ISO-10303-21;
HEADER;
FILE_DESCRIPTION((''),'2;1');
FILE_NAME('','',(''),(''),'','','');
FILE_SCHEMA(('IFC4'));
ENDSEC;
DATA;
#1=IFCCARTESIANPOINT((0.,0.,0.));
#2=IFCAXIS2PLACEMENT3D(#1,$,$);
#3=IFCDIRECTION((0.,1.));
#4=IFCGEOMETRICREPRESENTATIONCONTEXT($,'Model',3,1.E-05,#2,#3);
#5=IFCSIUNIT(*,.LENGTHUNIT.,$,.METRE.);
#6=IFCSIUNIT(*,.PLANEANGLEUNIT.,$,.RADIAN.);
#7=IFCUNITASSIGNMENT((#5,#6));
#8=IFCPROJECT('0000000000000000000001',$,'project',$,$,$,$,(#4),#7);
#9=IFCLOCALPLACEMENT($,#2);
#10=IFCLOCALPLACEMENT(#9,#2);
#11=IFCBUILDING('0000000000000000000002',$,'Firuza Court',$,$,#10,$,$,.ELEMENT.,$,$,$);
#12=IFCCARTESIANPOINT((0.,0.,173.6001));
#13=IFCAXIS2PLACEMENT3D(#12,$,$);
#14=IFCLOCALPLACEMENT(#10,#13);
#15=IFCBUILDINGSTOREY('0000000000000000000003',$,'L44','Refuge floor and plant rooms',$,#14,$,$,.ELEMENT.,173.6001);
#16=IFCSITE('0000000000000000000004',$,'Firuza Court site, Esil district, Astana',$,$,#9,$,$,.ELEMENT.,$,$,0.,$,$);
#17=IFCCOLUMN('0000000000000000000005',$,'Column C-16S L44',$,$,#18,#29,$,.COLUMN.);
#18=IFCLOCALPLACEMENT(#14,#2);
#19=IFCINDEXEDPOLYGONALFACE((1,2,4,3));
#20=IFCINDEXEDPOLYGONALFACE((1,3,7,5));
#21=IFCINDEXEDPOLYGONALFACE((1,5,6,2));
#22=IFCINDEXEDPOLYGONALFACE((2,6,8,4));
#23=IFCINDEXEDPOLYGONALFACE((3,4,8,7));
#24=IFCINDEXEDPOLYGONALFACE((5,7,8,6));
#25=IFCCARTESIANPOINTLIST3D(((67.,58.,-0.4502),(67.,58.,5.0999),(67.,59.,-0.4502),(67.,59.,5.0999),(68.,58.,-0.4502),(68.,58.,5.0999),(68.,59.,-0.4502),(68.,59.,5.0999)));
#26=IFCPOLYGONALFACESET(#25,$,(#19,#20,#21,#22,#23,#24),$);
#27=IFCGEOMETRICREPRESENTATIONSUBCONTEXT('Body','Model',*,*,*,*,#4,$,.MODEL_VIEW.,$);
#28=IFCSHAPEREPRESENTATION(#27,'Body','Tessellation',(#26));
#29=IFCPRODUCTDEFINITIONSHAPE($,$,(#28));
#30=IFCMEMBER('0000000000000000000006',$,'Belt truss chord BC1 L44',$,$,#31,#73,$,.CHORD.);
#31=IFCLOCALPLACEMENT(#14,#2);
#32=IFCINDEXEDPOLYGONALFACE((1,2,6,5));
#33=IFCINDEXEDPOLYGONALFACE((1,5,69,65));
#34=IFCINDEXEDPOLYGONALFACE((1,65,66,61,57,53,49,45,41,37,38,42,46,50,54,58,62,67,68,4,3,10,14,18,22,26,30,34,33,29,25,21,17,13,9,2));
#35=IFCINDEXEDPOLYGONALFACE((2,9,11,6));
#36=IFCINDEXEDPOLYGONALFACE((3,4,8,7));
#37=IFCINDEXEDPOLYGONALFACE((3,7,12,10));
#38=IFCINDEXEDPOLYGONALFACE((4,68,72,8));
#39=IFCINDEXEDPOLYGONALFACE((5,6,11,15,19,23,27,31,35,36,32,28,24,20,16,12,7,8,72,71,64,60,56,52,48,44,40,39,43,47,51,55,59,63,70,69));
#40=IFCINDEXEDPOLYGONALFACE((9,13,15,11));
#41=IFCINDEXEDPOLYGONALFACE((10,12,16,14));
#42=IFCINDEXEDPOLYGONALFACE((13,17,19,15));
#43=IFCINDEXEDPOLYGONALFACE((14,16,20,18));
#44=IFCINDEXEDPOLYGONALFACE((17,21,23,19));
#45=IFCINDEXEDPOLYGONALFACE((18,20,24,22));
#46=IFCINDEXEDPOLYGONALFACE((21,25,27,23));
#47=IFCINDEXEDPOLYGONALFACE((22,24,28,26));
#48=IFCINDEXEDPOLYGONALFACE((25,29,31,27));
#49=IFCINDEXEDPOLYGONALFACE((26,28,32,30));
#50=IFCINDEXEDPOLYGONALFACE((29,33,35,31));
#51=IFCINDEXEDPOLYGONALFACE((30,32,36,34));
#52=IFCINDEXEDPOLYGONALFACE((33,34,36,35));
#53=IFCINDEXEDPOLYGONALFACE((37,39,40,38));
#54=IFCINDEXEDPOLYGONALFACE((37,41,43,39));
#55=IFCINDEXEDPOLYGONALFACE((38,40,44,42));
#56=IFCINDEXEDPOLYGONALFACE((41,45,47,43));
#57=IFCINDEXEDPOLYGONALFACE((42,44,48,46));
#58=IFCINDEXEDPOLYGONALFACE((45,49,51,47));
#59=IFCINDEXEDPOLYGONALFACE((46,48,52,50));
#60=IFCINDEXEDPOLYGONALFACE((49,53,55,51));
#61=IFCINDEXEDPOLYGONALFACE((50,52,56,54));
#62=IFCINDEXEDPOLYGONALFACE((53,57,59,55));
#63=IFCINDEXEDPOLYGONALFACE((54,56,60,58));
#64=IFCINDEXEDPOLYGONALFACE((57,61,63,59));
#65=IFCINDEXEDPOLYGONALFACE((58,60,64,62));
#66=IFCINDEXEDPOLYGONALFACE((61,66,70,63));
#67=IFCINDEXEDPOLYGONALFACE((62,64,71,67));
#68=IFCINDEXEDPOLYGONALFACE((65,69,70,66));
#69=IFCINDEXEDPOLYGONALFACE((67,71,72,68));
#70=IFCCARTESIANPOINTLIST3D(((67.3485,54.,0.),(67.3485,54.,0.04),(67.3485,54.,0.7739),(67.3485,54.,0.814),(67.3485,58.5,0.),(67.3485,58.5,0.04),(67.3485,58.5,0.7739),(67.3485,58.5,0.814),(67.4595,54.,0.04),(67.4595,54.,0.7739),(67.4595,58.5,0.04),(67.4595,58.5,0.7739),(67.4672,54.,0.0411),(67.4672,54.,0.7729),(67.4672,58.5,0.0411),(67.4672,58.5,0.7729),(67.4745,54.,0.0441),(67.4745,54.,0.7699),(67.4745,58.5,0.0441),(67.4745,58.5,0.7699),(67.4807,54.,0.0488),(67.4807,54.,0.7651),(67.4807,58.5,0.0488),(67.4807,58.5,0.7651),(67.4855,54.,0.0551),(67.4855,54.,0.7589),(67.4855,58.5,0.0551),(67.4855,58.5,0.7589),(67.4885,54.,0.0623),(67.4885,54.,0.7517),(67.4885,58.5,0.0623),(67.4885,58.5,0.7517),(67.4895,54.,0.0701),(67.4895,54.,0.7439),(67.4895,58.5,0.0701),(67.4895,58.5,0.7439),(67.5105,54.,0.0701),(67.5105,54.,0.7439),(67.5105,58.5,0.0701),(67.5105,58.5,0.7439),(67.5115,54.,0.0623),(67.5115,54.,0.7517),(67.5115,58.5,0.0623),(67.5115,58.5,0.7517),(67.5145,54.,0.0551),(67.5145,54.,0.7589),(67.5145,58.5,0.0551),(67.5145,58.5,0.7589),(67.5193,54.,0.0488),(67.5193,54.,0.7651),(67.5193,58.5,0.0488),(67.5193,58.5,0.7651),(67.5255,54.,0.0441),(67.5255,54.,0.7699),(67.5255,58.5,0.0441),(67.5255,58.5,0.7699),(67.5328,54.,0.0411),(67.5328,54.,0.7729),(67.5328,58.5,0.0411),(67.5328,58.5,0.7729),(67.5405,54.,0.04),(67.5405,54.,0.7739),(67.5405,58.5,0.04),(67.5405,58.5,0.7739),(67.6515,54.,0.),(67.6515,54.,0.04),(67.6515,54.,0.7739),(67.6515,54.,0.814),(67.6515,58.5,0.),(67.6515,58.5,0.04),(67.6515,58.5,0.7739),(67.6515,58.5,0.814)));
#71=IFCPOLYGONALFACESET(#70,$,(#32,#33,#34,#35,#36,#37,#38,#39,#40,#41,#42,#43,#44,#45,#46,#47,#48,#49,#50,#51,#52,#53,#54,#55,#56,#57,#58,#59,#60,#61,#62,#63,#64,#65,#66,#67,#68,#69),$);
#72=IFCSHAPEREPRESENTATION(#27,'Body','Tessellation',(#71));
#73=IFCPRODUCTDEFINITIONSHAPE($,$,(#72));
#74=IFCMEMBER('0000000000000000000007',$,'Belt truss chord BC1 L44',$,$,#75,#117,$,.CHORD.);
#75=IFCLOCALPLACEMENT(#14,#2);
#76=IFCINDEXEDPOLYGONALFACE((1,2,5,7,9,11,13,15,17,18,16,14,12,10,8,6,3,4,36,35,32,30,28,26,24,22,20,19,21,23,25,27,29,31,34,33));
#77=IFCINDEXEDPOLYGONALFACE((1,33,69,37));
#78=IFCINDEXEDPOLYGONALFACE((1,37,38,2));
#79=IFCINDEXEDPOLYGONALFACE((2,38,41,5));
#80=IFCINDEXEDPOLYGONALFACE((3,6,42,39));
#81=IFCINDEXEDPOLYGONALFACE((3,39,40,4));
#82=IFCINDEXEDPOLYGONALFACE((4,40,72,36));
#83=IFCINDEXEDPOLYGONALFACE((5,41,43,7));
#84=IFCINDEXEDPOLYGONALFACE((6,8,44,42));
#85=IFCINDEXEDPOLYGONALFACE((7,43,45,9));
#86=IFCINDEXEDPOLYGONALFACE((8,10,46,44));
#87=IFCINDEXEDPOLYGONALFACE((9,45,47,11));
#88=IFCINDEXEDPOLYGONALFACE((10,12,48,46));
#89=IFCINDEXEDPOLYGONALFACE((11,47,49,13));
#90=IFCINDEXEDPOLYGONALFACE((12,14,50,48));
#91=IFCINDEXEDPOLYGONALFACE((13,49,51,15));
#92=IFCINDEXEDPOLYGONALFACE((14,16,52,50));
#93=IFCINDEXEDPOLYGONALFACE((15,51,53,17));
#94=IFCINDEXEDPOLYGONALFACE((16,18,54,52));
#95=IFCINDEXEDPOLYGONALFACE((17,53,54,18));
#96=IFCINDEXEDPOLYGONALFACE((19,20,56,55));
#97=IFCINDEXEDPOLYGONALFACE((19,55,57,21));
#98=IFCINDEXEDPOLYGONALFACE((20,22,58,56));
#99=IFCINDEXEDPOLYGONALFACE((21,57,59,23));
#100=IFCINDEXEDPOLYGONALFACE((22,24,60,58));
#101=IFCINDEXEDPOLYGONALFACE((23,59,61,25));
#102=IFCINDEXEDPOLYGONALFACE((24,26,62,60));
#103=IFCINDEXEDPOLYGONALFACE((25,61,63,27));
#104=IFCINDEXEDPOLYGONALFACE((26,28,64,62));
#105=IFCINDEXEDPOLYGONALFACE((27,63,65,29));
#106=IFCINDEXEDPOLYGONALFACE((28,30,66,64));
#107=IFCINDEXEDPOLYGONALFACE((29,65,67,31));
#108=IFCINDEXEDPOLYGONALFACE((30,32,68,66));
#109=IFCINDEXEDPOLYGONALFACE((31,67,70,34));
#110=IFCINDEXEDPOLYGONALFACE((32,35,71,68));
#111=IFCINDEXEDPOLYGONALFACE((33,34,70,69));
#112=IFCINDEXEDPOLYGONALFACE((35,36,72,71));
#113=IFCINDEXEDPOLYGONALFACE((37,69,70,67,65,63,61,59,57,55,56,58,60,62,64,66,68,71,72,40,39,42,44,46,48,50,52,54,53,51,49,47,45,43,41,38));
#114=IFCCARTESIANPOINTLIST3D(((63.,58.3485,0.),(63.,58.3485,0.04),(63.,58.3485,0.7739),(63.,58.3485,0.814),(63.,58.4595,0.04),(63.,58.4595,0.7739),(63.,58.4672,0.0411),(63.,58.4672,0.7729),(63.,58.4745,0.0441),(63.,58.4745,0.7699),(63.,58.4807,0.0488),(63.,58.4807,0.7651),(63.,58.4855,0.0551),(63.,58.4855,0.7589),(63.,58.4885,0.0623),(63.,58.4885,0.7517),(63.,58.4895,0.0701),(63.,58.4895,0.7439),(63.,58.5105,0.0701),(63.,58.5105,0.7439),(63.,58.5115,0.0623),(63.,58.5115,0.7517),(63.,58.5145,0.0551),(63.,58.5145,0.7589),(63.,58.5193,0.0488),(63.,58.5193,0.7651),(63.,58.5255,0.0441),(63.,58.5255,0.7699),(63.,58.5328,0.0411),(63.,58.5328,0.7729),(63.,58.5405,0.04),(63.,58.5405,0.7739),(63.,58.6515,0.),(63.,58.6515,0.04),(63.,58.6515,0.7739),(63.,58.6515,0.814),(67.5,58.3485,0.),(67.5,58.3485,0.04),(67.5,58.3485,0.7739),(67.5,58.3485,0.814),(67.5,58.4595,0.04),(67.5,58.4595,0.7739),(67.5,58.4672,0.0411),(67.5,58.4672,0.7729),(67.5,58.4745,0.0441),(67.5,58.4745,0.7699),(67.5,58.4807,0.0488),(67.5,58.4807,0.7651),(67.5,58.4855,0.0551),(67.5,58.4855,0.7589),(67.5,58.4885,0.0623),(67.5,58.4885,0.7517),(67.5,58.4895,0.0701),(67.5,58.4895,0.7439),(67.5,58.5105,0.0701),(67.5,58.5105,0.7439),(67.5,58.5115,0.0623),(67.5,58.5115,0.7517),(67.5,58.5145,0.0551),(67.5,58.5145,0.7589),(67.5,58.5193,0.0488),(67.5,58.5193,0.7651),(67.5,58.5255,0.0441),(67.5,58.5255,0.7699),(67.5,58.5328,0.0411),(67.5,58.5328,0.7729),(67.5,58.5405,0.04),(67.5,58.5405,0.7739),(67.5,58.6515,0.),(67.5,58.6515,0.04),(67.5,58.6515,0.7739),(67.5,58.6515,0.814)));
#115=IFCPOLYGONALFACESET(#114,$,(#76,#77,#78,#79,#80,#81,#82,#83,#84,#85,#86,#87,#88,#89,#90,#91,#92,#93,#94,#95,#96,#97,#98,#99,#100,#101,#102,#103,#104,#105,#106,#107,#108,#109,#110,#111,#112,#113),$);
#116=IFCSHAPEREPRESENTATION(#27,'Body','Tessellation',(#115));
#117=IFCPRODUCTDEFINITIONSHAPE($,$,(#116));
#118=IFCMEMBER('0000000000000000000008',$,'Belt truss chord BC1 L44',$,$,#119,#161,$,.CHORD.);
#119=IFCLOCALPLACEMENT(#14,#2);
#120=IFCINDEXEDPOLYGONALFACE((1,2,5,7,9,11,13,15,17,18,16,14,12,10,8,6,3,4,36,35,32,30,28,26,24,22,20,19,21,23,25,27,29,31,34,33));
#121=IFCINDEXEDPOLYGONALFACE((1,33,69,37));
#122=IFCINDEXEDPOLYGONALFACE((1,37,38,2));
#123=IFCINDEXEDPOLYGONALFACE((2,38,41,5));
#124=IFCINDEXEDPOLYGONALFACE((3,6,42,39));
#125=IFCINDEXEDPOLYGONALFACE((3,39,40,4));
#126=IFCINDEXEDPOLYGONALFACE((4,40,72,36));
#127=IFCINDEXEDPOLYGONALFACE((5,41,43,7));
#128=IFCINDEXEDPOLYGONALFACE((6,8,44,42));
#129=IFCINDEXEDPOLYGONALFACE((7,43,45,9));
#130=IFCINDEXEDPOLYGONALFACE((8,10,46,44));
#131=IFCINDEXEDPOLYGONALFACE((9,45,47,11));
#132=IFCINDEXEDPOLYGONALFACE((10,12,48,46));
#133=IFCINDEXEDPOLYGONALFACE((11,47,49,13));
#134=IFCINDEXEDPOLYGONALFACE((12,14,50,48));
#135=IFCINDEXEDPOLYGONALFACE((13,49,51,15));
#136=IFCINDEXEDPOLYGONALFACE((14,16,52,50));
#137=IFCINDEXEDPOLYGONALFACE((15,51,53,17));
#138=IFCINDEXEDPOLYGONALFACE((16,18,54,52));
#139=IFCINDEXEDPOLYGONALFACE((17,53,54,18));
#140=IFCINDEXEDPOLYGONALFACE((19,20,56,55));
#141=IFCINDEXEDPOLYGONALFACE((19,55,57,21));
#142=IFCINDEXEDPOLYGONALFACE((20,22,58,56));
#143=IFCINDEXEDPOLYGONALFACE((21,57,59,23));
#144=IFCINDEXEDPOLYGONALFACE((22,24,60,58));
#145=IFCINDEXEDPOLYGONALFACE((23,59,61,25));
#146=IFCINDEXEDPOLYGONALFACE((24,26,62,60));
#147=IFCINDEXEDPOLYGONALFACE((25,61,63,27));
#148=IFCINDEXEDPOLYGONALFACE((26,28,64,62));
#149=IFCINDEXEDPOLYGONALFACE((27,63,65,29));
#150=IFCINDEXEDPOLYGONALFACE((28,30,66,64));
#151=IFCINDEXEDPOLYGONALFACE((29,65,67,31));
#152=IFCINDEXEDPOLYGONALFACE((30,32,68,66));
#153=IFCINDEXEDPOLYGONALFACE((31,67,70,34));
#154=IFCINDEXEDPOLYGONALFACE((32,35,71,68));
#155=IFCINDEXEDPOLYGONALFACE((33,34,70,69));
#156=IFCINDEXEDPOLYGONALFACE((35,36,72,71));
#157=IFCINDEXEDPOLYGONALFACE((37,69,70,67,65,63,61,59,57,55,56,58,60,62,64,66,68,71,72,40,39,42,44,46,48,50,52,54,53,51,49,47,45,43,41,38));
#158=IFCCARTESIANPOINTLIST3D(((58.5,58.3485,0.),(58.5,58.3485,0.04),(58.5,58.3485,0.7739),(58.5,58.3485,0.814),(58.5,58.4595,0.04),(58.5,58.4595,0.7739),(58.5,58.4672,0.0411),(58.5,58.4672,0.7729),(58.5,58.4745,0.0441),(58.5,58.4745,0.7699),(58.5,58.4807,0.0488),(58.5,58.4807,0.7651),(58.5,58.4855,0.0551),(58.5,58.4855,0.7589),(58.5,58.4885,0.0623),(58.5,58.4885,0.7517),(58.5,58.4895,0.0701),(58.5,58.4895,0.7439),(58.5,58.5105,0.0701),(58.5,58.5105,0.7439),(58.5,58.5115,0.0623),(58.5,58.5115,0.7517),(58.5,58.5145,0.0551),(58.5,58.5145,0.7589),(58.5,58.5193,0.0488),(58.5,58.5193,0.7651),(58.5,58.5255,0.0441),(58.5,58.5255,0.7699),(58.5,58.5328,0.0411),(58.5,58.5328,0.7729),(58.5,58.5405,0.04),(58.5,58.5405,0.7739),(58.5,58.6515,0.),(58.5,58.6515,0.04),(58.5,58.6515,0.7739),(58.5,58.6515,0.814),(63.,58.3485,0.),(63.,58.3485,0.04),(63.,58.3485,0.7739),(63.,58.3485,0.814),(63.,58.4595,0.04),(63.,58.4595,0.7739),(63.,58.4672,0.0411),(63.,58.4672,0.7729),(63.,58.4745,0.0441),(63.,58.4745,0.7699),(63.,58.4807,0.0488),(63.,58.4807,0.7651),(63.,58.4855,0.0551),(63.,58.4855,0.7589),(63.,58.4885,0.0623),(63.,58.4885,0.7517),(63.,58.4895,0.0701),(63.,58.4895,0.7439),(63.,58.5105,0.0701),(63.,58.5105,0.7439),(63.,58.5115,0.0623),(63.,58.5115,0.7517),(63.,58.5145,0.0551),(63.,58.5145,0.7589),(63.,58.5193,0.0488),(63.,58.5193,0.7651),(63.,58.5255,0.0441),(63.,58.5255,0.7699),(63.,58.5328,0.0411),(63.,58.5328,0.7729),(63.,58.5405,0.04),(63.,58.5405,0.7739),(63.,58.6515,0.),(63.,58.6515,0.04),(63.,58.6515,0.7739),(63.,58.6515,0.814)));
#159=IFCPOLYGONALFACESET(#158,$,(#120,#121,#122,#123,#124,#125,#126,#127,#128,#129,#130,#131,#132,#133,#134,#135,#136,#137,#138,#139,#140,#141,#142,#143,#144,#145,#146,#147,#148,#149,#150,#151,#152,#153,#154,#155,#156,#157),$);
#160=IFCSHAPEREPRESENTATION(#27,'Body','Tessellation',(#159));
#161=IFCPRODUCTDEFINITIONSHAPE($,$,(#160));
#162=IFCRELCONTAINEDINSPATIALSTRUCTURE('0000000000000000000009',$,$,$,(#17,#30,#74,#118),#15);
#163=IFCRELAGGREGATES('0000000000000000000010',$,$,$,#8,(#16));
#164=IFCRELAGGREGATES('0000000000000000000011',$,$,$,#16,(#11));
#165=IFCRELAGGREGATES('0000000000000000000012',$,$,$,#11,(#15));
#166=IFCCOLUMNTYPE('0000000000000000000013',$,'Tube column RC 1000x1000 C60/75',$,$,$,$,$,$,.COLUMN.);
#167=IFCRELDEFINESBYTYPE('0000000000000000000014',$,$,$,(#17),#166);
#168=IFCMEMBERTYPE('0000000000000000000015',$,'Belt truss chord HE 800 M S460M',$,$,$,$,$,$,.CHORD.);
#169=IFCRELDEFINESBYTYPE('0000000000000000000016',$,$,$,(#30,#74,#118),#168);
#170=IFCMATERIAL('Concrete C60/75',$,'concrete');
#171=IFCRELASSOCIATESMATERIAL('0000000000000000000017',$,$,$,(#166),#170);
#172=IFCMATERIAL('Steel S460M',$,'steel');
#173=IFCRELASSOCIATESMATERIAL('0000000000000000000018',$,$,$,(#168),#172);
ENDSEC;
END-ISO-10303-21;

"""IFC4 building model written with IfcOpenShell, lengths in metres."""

from ifc_helpers import new_model, si_unit, direction, frame, origin, origin_2d, place, context, subcontext, project, spatial, rectangle, i_section, extrude, material, material_profile, profile_set, type_object, element, save


model = new_model("IFC4")

# Units and contexts
model_context = context("Model", 3, precision=1e-05, world=origin(), true_north=direction((0.0, 1.0)))
body_context = subcontext(model_context, "Body", "Model", "MODEL_VIEW")
ifc_project = project(units=[si_unit("LENGTHUNIT", "METRE"), si_unit("PLANEANGLEUNIT", "RADIAN")], contexts=[model_context])

# Site, building, storey
site_placement = place(None, origin())
site = spatial("IfcSite", under=ifc_project, at=site_placement, Name="Firuza Court site, Esil district, Astana", CompositionType="ELEMENT", RefElevation=0.0)
building_placement = place(site_placement, origin())
building = spatial("IfcBuilding", under=site, at=building_placement, Name="Firuza Court", CompositionType="ELEMENT")
storey_placement = place(building_placement, frame((0.0, 0.0, 173.6001)))
storey = spatial("IfcBuildingStorey", under=building, at=storey_placement, Name="L44", Description="Refuge floor and plant rooms", CompositionType="ELEMENT", Elevation=173.6001)

# Column
ifc_material_1 = material(Name="Concrete C60/75", Category="concrete")
ifc_material_profile_1 = material_profile(ifc_material_1, rectangle(XDim=1.0, YDim=1.0, at=origin_2d()), Name="RC 1000x1000")
ifc_profile_set_1 = profile_set([ifc_material_profile_1], Name="Concrete C60/75")
column_type = type_object("IfcColumnType", Name="Tube column RC 1000x1000 C60/75", PredefinedType="COLUMN", material=ifc_profile_set_1)
column_placement = place(storey_placement, frame((67.5, 58.5, -0.4502), z_axis=(0.0, 0.0, 1.0), x_axis=(1.0, 0.0, 0.0)))
element("IfcColumn", 1, at=column_placement, inside=storey, type_object=column_type, Name="Column C-16S L44", PredefinedType="COLUMN", context=body_context, shape_type="SweptSolid", body=[
    extrude(rectangle(XDim=1.0, YDim=1.0, at=origin_2d()), origin(), (0.0, 0.0, 1.0), 5.55),
])

# Members
ifc_material_2 = material(Name="Steel S460M", Category="steel")
ifc_material_profile_2 = material_profile(ifc_material_2, i_section(OverallWidth=0.303, OverallDepth=0.814, WebThickness=0.021, FlangeThickness=0.04, FilletRadius=0.03, at=origin_2d()), Name="HE 800 M")
ifc_profile_set_2 = profile_set([ifc_material_profile_2], Name="Steel S460M")
member_type_1 = type_object("IfcMemberType", Name="Belt truss chord HE 800 M S460M", PredefinedType="CHORD", material=ifc_profile_set_2)
for number, where, z_axis, x_axis, name in (
    (2, (67.5, 54.0, 0.407), (0.0, 1.0, 0.0), (-1.0, 0.0, 0.0), "Belt truss chord BC1 L44"),
    (3, (67.5, 58.5, 0.407), (-1.0, 0.0, 0.0), (0.0, -1.0, 0.0), "Belt truss chord BC1 L44"),
    (4, (63.0, 58.5, 0.407), (-1.0, 0.0, 0.0), (0.0, -1.0, 0.0), "Belt truss chord BC1 L44"),
):
    element("IfcMember", number, at=place(storey_placement, frame(where, z_axis=z_axis, x_axis=x_axis)), inside=storey, type_object=member_type_1, Name=name, PredefinedType="CHORD", context=body_context, shape_type="SweptSolid", body=[
        extrude(i_section(OverallWidth=0.303, OverallDepth=0.814, WebThickness=0.021, FlangeThickness=0.04, FilletRadius=0.03, at=origin_2d()), origin(), (0.0, 0.0, 1.0), 4.5),
    ])

save(model, "model.ifc")
